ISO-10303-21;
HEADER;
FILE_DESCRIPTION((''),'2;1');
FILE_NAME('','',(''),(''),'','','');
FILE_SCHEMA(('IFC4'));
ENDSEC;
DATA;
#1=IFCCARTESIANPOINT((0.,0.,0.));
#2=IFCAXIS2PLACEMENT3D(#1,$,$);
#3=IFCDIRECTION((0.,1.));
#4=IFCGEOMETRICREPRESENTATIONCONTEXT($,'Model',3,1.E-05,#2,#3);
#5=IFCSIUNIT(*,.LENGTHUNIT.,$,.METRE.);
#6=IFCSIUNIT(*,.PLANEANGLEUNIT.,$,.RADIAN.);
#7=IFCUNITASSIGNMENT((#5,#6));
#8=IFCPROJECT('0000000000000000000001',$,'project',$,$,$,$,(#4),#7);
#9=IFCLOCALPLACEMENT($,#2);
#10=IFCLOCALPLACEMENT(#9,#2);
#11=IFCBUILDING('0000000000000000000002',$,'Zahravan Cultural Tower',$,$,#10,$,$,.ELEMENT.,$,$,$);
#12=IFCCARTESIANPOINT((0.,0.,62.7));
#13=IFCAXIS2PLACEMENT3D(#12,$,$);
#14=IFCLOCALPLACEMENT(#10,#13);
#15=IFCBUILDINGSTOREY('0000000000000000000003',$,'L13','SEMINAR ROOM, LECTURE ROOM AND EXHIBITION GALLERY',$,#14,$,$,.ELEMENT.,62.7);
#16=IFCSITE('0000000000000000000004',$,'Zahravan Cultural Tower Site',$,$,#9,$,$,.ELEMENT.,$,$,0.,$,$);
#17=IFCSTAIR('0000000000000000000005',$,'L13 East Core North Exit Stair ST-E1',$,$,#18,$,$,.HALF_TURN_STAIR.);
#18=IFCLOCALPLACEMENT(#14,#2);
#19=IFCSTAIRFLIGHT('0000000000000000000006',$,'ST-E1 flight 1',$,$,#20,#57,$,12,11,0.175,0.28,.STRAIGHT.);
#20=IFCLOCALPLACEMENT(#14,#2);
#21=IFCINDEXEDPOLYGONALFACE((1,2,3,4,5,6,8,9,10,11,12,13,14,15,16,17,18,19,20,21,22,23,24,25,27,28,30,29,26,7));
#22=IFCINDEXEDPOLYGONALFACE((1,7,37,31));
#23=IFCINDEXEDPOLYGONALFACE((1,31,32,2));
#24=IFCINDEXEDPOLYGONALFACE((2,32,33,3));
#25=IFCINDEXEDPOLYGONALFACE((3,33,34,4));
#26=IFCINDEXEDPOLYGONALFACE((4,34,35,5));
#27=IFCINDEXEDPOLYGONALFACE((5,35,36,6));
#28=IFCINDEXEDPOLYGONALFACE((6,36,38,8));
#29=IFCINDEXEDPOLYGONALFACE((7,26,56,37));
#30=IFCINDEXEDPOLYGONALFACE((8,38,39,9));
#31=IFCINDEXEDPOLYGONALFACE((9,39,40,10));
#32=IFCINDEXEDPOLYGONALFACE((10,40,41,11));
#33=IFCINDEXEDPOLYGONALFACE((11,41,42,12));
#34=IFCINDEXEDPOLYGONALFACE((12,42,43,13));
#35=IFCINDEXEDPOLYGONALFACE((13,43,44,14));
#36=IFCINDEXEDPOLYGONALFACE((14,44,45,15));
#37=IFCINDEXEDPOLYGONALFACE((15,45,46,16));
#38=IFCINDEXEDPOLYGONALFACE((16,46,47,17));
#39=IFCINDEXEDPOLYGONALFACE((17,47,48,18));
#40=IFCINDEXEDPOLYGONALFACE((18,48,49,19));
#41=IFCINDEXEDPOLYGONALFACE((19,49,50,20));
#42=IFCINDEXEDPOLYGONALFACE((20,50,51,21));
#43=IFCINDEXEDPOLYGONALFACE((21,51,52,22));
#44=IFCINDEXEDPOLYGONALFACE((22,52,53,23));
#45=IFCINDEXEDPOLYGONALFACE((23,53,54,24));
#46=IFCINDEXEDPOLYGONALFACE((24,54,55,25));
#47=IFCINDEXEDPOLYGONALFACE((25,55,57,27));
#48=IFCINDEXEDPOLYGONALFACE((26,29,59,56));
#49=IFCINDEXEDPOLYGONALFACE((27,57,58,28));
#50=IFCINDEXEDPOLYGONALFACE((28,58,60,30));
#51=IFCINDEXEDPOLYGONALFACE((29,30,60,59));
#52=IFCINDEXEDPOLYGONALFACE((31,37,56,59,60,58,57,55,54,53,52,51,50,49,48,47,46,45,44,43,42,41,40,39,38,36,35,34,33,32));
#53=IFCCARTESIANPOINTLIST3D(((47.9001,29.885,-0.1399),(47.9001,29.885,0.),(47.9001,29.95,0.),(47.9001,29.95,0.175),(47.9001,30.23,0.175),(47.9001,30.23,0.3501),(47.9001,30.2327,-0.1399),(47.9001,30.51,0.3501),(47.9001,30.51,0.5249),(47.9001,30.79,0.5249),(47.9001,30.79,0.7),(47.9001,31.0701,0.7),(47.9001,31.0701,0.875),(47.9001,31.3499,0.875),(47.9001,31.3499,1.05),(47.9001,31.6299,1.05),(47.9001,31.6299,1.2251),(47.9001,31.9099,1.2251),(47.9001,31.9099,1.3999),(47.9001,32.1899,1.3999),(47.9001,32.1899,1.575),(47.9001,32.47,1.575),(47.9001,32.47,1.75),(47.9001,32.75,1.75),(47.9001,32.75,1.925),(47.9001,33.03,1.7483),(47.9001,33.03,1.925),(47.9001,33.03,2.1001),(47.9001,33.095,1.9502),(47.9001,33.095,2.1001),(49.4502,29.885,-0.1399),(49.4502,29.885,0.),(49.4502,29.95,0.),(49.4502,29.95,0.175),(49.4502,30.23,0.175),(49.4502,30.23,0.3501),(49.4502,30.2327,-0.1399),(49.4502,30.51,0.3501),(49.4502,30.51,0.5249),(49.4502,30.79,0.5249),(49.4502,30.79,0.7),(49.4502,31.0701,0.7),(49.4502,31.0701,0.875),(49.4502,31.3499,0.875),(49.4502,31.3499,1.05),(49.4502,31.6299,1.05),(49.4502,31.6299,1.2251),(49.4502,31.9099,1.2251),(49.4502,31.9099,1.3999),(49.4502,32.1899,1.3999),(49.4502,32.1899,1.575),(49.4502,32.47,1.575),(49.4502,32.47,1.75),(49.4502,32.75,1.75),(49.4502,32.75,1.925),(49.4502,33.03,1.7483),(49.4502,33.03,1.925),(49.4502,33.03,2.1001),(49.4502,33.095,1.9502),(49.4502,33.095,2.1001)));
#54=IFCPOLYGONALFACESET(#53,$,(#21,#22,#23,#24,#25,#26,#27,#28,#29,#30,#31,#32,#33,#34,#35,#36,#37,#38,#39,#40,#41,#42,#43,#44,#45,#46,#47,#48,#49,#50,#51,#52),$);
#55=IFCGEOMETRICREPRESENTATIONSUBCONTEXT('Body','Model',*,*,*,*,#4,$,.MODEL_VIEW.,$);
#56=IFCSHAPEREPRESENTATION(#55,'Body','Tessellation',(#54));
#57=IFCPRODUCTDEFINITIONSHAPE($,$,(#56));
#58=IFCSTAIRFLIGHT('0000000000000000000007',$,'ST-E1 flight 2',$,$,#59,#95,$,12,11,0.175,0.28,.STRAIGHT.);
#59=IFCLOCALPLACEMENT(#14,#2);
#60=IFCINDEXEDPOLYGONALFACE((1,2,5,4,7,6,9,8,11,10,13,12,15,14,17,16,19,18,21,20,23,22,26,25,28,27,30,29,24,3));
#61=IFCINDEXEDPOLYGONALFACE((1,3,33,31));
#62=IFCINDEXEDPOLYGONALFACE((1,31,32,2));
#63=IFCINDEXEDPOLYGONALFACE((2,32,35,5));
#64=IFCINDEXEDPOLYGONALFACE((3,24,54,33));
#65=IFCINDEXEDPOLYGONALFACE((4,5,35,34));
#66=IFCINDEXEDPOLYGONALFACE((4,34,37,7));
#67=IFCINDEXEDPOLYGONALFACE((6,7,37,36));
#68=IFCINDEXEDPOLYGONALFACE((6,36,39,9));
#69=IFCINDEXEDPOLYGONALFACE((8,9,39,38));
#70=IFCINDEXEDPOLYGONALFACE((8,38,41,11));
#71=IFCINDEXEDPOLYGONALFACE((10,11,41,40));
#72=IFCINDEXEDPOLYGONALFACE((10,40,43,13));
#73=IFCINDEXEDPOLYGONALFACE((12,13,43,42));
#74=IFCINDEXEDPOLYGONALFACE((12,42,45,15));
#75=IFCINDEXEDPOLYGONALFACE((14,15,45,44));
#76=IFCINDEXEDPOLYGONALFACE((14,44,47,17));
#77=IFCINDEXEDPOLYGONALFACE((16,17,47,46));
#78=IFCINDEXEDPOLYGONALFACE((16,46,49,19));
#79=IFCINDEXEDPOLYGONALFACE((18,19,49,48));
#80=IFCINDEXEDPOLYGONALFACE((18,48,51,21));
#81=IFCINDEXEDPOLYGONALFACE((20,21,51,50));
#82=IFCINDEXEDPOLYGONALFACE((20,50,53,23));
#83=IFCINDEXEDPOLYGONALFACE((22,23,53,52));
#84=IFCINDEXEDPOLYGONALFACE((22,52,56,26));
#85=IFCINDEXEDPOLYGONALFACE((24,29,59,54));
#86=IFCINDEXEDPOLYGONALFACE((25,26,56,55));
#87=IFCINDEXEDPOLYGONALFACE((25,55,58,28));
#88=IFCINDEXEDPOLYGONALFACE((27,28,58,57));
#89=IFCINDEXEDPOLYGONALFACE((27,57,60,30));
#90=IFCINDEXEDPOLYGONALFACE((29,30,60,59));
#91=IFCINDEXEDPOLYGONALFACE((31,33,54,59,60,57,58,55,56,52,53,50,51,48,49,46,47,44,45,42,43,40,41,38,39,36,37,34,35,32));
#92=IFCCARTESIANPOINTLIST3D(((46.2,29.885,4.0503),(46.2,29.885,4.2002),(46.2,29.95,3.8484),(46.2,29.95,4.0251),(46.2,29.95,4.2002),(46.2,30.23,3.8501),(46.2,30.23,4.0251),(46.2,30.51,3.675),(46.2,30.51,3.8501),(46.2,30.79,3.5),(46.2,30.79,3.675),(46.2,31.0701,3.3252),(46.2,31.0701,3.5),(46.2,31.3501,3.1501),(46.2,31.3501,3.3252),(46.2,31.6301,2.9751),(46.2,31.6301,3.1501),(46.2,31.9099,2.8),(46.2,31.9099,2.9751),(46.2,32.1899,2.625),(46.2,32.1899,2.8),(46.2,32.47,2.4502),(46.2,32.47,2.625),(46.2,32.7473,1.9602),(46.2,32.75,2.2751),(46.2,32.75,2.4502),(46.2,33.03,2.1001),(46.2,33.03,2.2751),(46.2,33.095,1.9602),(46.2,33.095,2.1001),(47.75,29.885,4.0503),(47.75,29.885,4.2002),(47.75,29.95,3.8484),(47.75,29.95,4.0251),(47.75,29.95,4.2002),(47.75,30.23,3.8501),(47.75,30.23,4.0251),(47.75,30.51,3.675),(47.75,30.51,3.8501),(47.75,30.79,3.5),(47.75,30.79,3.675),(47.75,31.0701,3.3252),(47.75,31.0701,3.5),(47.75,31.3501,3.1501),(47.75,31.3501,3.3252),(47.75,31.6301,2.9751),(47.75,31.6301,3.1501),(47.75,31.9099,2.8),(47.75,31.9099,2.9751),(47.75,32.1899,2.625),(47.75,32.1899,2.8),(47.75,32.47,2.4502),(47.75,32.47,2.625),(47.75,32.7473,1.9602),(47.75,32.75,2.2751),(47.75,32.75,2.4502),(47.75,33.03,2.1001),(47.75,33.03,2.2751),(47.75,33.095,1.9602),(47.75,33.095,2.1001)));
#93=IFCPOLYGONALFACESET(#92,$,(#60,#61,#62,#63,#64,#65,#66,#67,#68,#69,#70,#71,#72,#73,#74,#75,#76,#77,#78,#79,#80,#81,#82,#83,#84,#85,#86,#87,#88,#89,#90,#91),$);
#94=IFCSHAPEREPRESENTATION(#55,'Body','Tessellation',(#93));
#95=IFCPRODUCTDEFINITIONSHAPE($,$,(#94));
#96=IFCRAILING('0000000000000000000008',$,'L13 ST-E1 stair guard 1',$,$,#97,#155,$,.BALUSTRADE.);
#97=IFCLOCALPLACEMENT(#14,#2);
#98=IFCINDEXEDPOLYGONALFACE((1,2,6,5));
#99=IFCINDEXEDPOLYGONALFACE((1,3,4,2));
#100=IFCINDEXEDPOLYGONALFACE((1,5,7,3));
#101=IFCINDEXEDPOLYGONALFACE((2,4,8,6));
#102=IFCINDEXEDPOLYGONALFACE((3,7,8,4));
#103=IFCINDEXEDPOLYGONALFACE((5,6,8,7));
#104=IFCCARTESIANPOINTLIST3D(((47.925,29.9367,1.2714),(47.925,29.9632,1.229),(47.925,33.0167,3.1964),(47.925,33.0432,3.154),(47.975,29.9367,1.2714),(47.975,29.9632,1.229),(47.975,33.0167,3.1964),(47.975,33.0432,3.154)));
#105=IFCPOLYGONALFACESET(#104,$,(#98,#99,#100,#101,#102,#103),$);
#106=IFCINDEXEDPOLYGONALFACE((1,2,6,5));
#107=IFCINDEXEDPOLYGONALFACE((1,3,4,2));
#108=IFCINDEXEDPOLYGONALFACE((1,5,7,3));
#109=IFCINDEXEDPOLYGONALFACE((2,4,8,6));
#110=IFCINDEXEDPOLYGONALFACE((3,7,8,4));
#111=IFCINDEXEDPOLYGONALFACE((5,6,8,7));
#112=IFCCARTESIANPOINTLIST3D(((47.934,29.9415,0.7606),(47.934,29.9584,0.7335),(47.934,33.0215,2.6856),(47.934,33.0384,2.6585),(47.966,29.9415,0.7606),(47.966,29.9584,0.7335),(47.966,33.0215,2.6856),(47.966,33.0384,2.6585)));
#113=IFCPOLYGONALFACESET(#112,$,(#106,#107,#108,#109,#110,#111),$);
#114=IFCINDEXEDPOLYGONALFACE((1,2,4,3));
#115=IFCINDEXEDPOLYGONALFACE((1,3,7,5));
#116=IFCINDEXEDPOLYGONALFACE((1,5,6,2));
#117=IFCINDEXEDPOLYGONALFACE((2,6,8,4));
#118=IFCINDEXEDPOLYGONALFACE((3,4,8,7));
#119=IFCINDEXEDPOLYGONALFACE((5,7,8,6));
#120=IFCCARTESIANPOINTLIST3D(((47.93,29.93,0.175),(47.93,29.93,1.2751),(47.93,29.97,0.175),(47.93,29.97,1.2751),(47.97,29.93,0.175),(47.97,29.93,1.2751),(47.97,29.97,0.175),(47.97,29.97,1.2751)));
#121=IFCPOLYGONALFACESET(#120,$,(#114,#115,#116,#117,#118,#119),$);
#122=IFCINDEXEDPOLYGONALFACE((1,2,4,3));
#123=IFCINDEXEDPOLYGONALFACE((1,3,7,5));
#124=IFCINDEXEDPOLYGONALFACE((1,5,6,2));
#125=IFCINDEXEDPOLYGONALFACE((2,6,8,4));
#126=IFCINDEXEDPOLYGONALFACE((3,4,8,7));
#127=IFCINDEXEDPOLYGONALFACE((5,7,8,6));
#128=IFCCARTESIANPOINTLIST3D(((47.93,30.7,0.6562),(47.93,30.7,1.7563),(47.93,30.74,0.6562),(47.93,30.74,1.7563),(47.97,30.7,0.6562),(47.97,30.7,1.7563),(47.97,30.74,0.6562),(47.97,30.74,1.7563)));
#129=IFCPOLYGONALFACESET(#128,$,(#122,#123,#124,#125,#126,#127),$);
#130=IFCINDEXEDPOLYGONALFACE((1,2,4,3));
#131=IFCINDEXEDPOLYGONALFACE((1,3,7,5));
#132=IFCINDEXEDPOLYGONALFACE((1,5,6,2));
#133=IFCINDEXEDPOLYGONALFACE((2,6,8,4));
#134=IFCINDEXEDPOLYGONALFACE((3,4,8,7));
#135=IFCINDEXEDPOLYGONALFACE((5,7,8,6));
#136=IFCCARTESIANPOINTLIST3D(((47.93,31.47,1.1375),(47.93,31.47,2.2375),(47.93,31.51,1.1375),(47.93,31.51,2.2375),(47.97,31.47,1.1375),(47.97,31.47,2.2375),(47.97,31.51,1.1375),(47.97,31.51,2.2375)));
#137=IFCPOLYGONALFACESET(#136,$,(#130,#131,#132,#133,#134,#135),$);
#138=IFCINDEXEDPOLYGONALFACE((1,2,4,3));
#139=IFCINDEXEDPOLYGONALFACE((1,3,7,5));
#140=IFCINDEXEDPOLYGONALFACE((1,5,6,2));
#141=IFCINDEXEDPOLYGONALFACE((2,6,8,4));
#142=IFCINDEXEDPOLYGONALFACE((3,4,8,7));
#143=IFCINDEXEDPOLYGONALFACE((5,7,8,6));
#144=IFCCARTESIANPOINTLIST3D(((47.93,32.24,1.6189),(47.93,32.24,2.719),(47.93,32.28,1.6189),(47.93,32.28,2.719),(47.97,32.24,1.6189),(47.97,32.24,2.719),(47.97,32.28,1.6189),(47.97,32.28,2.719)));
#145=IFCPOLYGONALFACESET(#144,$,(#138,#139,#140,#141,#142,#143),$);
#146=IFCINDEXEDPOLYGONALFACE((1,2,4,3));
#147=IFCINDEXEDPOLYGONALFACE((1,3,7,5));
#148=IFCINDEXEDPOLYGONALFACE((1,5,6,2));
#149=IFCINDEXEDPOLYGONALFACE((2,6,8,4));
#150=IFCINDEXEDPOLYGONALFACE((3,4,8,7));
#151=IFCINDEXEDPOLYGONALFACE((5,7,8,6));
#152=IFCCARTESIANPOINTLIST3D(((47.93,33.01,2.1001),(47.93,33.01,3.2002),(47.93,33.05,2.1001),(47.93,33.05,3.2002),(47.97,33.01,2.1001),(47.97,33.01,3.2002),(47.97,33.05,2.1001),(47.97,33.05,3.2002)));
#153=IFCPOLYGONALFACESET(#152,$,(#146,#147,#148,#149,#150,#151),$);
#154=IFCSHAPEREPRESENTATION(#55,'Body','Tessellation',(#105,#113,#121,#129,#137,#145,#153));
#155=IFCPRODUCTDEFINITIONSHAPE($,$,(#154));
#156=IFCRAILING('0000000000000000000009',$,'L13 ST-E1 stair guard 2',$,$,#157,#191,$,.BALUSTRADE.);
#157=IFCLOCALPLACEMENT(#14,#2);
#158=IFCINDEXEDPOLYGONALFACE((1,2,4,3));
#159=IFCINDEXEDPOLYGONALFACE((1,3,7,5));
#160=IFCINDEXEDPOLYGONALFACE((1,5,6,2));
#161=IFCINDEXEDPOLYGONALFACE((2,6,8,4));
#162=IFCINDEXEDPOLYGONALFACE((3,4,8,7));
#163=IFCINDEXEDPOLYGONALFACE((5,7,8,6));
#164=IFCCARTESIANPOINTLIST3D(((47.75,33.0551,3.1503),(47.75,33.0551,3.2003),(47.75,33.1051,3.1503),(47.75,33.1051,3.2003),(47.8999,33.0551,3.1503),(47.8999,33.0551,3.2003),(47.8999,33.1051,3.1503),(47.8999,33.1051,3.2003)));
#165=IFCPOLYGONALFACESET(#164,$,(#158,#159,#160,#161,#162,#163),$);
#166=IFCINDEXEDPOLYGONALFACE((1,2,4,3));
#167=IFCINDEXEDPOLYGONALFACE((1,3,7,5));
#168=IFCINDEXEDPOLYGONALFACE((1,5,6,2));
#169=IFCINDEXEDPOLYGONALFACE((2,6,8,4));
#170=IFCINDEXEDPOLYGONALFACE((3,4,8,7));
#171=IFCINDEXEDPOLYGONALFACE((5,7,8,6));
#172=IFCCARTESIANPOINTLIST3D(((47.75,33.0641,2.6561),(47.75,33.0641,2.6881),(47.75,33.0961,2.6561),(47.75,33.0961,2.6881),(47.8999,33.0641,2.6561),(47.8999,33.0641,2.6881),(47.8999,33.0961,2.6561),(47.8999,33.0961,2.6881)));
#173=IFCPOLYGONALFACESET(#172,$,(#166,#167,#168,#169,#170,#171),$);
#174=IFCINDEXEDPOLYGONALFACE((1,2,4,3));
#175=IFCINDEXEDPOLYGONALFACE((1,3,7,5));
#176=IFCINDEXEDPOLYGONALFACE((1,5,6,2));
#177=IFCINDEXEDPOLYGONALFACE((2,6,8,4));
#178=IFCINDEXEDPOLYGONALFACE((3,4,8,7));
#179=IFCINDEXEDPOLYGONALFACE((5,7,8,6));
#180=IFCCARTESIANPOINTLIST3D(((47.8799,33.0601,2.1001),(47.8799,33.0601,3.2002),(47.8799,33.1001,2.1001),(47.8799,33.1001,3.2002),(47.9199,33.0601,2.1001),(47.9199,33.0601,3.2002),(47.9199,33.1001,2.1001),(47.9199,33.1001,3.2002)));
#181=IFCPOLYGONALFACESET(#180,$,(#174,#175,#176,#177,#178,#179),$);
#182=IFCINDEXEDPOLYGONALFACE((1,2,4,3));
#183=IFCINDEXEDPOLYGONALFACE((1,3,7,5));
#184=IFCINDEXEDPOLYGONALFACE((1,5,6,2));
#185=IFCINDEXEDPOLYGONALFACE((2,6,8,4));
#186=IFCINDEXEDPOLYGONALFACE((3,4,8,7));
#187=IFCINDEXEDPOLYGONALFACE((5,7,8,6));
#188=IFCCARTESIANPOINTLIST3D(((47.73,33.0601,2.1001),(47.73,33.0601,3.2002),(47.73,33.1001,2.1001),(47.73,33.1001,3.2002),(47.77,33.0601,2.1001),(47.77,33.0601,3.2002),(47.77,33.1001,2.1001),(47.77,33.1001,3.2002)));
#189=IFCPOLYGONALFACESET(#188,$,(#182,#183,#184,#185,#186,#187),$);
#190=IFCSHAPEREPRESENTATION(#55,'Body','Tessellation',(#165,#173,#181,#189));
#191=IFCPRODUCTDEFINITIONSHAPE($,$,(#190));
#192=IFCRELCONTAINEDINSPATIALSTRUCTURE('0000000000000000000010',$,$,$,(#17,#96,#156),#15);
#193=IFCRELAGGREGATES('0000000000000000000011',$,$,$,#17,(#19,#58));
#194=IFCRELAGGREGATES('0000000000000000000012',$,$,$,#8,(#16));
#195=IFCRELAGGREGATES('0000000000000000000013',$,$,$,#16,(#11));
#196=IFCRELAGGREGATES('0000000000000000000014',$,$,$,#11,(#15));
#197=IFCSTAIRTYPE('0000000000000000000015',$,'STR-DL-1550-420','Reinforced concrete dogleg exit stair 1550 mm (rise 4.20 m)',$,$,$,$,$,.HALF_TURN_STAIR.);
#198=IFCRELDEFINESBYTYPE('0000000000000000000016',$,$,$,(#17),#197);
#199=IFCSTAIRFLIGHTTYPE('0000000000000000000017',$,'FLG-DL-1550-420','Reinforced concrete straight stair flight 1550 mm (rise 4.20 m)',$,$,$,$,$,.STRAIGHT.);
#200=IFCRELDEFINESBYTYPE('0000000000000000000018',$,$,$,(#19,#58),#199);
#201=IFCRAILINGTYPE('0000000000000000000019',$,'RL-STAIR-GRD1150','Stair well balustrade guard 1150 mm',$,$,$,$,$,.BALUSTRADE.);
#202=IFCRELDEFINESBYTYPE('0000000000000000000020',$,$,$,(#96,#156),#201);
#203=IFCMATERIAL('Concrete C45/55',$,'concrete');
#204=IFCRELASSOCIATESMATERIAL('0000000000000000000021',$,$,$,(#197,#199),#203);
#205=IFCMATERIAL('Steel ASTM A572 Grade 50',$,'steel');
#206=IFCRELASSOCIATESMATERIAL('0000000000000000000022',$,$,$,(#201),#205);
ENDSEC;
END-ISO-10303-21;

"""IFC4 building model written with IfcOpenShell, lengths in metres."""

from ifc_helpers import new_model, si_unit, direction, frame, origin, origin_2d, place, context, subcontext, project, spatial, polyline, rectangle, outline, extrude, material, type_object, element, aggregate, save


model = new_model("IFC4")

# Units and contexts
model_context = context("Model", 3, precision=1e-05, world=origin(), true_north=direction((0.0, 1.0)))
body_context = subcontext(model_context, "Body", "Model", "MODEL_VIEW")
ifc_project = project(units=[si_unit("LENGTHUNIT", "METRE"), si_unit("PLANEANGLEUNIT", "RADIAN")], contexts=[model_context])

# Site, building, storey
site_placement = place(None, origin())
site = spatial("IfcSite", under=ifc_project, at=site_placement, Name="Zahravan Cultural Tower Site", CompositionType="ELEMENT", RefElevation=0.0)
building_placement = place(site_placement, origin())
building = spatial("IfcBuilding", under=site, at=building_placement, Name="Zahravan Cultural Tower", CompositionType="ELEMENT")
storey_placement = place(building_placement, frame((0.0, 0.0, 62.7)))
storey = spatial("IfcBuildingStorey", under=building, at=storey_placement, Name="L13", Description="SEMINAR ROOM, LECTURE ROOM AND EXHIBITION GALLERY", CompositionType="ELEMENT", Elevation=62.7)

# Shared definitions
ifc_material_1 = material(Name="Steel ASTM A572 Grade 50", Category="steel")
ifc_material_2 = material(Name="Concrete C45/55", Category="concrete")

# Stair, stair flights
stair_type = type_object("IfcStairType", Name="STR-DL-1550-420", Description="Reinforced concrete dogleg exit stair 1550 mm (rise 4.20 m)", PredefinedType="HALF_TURN_STAIR", material=ifc_material_2)
stair_placement = place(storey_placement, origin())
stair = element("IfcStair", 1, at=stair_placement, inside=storey, type_object=stair_type, Name="L13 East Core North Exit Stair ST-E1", PredefinedType="HALF_TURN_STAIR")
stair_flight_type = type_object("IfcStairFlightType", Name="FLG-DL-1550-420", Description="Reinforced concrete straight stair flight 1550 mm (rise 4.20 m)", PredefinedType="STRAIGHT", material=ifc_material_2)
stair_flight_1_placement = place(storey_placement, frame((48.675, 29.95, 0.0), z_axis=(0.0, 0.0, 1.0), x_axis=(0.0, 1.0, 0.0)))
stair_flight_1 = element("IfcStairFlight", 2, at=stair_flight_1_placement, type_object=stair_flight_type, Name="ST-E1 flight 1", NumberOfRisers=12, NumberOfTreads=11, PredefinedType="STRAIGHT", RiserHeight=0.175, TreadLength=0.28, context=body_context, shape_type="SweptSolid", body=[
    extrude(outline(polyline([(-0.0649, -0.1399), (-0.0649, 0.0), (0.0, 0.0), (0.0, 0.175), (0.28, 0.175), (0.28, 0.3501), (0.5601, 0.3501), (0.5601, 0.5249), (0.8401, 0.5249), (0.8401, 0.7), (1.1201, 0.7), (1.1201, 0.875), (1.3999, 0.875), (1.3999, 1.05), (1.6799, 1.05), (1.6799, 1.2251), (1.96, 1.2251), (1.96, 1.3999), (2.24, 1.3999), (2.24, 1.575), (2.52, 1.575), (2.52, 1.75), (2.8, 1.75), (2.8, 1.925), (3.0801, 1.925), (3.0801, 2.1001), (3.145, 2.1001), (3.145, 1.9502), (3.0801, 1.7483), (0.2827, -0.1399), (-0.0649, -0.1399)])), frame((0.0, 0.7749, 0.0), z_axis=(0.0, -1.0, 0.0), x_axis=(1.0, 0.0, 0.0)), (0.0, 0.0, 1.0), 1.55),
])
stair_flight_2_placement = place(storey_placement, frame((46.9751, 33.03, 2.1001), z_axis=(0.0, 0.0, 1.0), x_axis=(0.0, -1.0, 0.0)))
stair_flight_2 = element("IfcStairFlight", 3, at=stair_flight_2_placement, type_object=stair_flight_type, Name="ST-E1 flight 2", NumberOfRisers=12, NumberOfTreads=11, PredefinedType="STRAIGHT", RiserHeight=0.175, TreadLength=0.28, context=body_context, shape_type="SweptSolid", body=[
    extrude(outline(polyline([(-0.0649, -0.1399), (-0.0649, 0.0), (0.0, 0.0), (0.0, 0.175), (0.28, 0.175), (0.28, 0.3501), (0.5601, 0.3501), (0.5601, 0.5249), (0.8401, 0.5249), (0.8401, 0.7), (1.1201, 0.7), (1.1201, 0.875), (1.3999, 0.875), (1.3999, 1.05), (1.6799, 1.05), (1.6799, 1.2251), (1.96, 1.2251), (1.96, 1.3999), (2.24, 1.3999), (2.24, 1.575), (2.52, 1.575), (2.52, 1.75), (2.8, 1.75), (2.8, 1.925), (3.0801, 1.925), (3.0801, 2.1001), (3.145, 2.1001), (3.145, 1.9502), (3.0801, 1.7483), (0.2827, -0.1399), (-0.0649, -0.1399)])), frame((0.0, 0.7749, 0.0), z_axis=(0.0, -1.0, 0.0), x_axis=(1.0, 0.0, 0.0)), (0.0, 0.0, 1.0), 1.55),
])
aggregate(stair, [stair_flight_1, stair_flight_2])

# Railings
railing_type_1 = type_object("IfcRailingType", Name="RL-STAIR-GRD1150", Description="Stair well balustrade guard 1150 mm", PredefinedType="BALUSTRADE", material=ifc_material_1)
railing_1_placement = place(storey_placement, frame((47.95, 29.95, 0.175)))
element("IfcRailing", 4, at=railing_1_placement, inside=storey, type_object=railing_type_1, Name="L13 ST-E1 stair guard 1", PredefinedType="BALUSTRADE", context=body_context, shape_type="SweptSolid", body=[
    extrude(rectangle(XDim=0.05, YDim=0.05, at=origin_2d()), frame((0.0, 0.0, 1.0752), z_axis=(0.0, 0.847998, 0.529999), x_axis=(-1.0, 0.0, 0.0)), (0.0, 0.0, 1.0), 3.6321),
    extrude(rectangle(XDim=0.032, YDim=0.032, at=origin_2d()), frame((0.0, 0.0, 0.572), z_axis=(0.0, 0.847998, 0.529999), x_axis=(-1.0, 0.0, 0.0)), (0.0, 0.0, 1.0), 3.6321),
    extrude(rectangle(XDim=0.04, YDim=0.04, at=origin_2d()), origin(), (0.0, 0.0, 1.0), 1.1001),
    extrude(rectangle(XDim=0.04, YDim=0.04, at=origin_2d()), frame((0.0, 0.77, 0.4812)), (0.0, 0.0, 1.0), 1.1001),
    extrude(rectangle(XDim=0.04, YDim=0.04, at=origin_2d()), frame((0.0, 1.54, 0.9624)), (0.0, 0.0, 1.0), 1.1001),
    extrude(rectangle(XDim=0.04, YDim=0.04, at=origin_2d()), frame((0.0, 2.3101, 1.4438)), (0.0, 0.0, 1.0), 1.1001),
    extrude(rectangle(XDim=0.04, YDim=0.04, at=origin_2d()), frame((0.0, 3.0801, 1.925)), (0.0, 0.0, 1.0), 1.1001),
])
railing_2_placement = place(storey_placement, frame((47.8999, 33.0801, 2.1001)))
element("IfcRailing", 5, at=railing_2_placement, inside=storey, type_object=railing_type_1, Name="L13 ST-E1 stair guard 2", PredefinedType="BALUSTRADE", context=body_context, shape_type="SweptSolid", body=[
    extrude(rectangle(XDim=0.05, YDim=0.05, at=origin_2d()), frame((0.0, 0.0, 1.0752), z_axis=(-1.0, 0.0, 0.0), x_axis=(0.0, -1.0, 0.0)), (0.0, 0.0, 1.0), 0.1499),
    extrude(rectangle(XDim=0.032, YDim=0.032, at=origin_2d()), frame((0.0, 0.0, 0.572), z_axis=(-1.0, 0.0, 0.0), x_axis=(0.0, -1.0, 0.0)), (0.0, 0.0, 1.0), 0.1499),
    extrude(rectangle(XDim=0.04, YDim=0.04, at=origin_2d()), origin(), (0.0, 0.0, 1.0), 1.1001),
    extrude(rectangle(XDim=0.04, YDim=0.04, at=origin_2d()), frame((-0.1499, 0.0, 0.0)), (0.0, 0.0, 1.0), 1.1001),
])

save(model, "model.ifc")
